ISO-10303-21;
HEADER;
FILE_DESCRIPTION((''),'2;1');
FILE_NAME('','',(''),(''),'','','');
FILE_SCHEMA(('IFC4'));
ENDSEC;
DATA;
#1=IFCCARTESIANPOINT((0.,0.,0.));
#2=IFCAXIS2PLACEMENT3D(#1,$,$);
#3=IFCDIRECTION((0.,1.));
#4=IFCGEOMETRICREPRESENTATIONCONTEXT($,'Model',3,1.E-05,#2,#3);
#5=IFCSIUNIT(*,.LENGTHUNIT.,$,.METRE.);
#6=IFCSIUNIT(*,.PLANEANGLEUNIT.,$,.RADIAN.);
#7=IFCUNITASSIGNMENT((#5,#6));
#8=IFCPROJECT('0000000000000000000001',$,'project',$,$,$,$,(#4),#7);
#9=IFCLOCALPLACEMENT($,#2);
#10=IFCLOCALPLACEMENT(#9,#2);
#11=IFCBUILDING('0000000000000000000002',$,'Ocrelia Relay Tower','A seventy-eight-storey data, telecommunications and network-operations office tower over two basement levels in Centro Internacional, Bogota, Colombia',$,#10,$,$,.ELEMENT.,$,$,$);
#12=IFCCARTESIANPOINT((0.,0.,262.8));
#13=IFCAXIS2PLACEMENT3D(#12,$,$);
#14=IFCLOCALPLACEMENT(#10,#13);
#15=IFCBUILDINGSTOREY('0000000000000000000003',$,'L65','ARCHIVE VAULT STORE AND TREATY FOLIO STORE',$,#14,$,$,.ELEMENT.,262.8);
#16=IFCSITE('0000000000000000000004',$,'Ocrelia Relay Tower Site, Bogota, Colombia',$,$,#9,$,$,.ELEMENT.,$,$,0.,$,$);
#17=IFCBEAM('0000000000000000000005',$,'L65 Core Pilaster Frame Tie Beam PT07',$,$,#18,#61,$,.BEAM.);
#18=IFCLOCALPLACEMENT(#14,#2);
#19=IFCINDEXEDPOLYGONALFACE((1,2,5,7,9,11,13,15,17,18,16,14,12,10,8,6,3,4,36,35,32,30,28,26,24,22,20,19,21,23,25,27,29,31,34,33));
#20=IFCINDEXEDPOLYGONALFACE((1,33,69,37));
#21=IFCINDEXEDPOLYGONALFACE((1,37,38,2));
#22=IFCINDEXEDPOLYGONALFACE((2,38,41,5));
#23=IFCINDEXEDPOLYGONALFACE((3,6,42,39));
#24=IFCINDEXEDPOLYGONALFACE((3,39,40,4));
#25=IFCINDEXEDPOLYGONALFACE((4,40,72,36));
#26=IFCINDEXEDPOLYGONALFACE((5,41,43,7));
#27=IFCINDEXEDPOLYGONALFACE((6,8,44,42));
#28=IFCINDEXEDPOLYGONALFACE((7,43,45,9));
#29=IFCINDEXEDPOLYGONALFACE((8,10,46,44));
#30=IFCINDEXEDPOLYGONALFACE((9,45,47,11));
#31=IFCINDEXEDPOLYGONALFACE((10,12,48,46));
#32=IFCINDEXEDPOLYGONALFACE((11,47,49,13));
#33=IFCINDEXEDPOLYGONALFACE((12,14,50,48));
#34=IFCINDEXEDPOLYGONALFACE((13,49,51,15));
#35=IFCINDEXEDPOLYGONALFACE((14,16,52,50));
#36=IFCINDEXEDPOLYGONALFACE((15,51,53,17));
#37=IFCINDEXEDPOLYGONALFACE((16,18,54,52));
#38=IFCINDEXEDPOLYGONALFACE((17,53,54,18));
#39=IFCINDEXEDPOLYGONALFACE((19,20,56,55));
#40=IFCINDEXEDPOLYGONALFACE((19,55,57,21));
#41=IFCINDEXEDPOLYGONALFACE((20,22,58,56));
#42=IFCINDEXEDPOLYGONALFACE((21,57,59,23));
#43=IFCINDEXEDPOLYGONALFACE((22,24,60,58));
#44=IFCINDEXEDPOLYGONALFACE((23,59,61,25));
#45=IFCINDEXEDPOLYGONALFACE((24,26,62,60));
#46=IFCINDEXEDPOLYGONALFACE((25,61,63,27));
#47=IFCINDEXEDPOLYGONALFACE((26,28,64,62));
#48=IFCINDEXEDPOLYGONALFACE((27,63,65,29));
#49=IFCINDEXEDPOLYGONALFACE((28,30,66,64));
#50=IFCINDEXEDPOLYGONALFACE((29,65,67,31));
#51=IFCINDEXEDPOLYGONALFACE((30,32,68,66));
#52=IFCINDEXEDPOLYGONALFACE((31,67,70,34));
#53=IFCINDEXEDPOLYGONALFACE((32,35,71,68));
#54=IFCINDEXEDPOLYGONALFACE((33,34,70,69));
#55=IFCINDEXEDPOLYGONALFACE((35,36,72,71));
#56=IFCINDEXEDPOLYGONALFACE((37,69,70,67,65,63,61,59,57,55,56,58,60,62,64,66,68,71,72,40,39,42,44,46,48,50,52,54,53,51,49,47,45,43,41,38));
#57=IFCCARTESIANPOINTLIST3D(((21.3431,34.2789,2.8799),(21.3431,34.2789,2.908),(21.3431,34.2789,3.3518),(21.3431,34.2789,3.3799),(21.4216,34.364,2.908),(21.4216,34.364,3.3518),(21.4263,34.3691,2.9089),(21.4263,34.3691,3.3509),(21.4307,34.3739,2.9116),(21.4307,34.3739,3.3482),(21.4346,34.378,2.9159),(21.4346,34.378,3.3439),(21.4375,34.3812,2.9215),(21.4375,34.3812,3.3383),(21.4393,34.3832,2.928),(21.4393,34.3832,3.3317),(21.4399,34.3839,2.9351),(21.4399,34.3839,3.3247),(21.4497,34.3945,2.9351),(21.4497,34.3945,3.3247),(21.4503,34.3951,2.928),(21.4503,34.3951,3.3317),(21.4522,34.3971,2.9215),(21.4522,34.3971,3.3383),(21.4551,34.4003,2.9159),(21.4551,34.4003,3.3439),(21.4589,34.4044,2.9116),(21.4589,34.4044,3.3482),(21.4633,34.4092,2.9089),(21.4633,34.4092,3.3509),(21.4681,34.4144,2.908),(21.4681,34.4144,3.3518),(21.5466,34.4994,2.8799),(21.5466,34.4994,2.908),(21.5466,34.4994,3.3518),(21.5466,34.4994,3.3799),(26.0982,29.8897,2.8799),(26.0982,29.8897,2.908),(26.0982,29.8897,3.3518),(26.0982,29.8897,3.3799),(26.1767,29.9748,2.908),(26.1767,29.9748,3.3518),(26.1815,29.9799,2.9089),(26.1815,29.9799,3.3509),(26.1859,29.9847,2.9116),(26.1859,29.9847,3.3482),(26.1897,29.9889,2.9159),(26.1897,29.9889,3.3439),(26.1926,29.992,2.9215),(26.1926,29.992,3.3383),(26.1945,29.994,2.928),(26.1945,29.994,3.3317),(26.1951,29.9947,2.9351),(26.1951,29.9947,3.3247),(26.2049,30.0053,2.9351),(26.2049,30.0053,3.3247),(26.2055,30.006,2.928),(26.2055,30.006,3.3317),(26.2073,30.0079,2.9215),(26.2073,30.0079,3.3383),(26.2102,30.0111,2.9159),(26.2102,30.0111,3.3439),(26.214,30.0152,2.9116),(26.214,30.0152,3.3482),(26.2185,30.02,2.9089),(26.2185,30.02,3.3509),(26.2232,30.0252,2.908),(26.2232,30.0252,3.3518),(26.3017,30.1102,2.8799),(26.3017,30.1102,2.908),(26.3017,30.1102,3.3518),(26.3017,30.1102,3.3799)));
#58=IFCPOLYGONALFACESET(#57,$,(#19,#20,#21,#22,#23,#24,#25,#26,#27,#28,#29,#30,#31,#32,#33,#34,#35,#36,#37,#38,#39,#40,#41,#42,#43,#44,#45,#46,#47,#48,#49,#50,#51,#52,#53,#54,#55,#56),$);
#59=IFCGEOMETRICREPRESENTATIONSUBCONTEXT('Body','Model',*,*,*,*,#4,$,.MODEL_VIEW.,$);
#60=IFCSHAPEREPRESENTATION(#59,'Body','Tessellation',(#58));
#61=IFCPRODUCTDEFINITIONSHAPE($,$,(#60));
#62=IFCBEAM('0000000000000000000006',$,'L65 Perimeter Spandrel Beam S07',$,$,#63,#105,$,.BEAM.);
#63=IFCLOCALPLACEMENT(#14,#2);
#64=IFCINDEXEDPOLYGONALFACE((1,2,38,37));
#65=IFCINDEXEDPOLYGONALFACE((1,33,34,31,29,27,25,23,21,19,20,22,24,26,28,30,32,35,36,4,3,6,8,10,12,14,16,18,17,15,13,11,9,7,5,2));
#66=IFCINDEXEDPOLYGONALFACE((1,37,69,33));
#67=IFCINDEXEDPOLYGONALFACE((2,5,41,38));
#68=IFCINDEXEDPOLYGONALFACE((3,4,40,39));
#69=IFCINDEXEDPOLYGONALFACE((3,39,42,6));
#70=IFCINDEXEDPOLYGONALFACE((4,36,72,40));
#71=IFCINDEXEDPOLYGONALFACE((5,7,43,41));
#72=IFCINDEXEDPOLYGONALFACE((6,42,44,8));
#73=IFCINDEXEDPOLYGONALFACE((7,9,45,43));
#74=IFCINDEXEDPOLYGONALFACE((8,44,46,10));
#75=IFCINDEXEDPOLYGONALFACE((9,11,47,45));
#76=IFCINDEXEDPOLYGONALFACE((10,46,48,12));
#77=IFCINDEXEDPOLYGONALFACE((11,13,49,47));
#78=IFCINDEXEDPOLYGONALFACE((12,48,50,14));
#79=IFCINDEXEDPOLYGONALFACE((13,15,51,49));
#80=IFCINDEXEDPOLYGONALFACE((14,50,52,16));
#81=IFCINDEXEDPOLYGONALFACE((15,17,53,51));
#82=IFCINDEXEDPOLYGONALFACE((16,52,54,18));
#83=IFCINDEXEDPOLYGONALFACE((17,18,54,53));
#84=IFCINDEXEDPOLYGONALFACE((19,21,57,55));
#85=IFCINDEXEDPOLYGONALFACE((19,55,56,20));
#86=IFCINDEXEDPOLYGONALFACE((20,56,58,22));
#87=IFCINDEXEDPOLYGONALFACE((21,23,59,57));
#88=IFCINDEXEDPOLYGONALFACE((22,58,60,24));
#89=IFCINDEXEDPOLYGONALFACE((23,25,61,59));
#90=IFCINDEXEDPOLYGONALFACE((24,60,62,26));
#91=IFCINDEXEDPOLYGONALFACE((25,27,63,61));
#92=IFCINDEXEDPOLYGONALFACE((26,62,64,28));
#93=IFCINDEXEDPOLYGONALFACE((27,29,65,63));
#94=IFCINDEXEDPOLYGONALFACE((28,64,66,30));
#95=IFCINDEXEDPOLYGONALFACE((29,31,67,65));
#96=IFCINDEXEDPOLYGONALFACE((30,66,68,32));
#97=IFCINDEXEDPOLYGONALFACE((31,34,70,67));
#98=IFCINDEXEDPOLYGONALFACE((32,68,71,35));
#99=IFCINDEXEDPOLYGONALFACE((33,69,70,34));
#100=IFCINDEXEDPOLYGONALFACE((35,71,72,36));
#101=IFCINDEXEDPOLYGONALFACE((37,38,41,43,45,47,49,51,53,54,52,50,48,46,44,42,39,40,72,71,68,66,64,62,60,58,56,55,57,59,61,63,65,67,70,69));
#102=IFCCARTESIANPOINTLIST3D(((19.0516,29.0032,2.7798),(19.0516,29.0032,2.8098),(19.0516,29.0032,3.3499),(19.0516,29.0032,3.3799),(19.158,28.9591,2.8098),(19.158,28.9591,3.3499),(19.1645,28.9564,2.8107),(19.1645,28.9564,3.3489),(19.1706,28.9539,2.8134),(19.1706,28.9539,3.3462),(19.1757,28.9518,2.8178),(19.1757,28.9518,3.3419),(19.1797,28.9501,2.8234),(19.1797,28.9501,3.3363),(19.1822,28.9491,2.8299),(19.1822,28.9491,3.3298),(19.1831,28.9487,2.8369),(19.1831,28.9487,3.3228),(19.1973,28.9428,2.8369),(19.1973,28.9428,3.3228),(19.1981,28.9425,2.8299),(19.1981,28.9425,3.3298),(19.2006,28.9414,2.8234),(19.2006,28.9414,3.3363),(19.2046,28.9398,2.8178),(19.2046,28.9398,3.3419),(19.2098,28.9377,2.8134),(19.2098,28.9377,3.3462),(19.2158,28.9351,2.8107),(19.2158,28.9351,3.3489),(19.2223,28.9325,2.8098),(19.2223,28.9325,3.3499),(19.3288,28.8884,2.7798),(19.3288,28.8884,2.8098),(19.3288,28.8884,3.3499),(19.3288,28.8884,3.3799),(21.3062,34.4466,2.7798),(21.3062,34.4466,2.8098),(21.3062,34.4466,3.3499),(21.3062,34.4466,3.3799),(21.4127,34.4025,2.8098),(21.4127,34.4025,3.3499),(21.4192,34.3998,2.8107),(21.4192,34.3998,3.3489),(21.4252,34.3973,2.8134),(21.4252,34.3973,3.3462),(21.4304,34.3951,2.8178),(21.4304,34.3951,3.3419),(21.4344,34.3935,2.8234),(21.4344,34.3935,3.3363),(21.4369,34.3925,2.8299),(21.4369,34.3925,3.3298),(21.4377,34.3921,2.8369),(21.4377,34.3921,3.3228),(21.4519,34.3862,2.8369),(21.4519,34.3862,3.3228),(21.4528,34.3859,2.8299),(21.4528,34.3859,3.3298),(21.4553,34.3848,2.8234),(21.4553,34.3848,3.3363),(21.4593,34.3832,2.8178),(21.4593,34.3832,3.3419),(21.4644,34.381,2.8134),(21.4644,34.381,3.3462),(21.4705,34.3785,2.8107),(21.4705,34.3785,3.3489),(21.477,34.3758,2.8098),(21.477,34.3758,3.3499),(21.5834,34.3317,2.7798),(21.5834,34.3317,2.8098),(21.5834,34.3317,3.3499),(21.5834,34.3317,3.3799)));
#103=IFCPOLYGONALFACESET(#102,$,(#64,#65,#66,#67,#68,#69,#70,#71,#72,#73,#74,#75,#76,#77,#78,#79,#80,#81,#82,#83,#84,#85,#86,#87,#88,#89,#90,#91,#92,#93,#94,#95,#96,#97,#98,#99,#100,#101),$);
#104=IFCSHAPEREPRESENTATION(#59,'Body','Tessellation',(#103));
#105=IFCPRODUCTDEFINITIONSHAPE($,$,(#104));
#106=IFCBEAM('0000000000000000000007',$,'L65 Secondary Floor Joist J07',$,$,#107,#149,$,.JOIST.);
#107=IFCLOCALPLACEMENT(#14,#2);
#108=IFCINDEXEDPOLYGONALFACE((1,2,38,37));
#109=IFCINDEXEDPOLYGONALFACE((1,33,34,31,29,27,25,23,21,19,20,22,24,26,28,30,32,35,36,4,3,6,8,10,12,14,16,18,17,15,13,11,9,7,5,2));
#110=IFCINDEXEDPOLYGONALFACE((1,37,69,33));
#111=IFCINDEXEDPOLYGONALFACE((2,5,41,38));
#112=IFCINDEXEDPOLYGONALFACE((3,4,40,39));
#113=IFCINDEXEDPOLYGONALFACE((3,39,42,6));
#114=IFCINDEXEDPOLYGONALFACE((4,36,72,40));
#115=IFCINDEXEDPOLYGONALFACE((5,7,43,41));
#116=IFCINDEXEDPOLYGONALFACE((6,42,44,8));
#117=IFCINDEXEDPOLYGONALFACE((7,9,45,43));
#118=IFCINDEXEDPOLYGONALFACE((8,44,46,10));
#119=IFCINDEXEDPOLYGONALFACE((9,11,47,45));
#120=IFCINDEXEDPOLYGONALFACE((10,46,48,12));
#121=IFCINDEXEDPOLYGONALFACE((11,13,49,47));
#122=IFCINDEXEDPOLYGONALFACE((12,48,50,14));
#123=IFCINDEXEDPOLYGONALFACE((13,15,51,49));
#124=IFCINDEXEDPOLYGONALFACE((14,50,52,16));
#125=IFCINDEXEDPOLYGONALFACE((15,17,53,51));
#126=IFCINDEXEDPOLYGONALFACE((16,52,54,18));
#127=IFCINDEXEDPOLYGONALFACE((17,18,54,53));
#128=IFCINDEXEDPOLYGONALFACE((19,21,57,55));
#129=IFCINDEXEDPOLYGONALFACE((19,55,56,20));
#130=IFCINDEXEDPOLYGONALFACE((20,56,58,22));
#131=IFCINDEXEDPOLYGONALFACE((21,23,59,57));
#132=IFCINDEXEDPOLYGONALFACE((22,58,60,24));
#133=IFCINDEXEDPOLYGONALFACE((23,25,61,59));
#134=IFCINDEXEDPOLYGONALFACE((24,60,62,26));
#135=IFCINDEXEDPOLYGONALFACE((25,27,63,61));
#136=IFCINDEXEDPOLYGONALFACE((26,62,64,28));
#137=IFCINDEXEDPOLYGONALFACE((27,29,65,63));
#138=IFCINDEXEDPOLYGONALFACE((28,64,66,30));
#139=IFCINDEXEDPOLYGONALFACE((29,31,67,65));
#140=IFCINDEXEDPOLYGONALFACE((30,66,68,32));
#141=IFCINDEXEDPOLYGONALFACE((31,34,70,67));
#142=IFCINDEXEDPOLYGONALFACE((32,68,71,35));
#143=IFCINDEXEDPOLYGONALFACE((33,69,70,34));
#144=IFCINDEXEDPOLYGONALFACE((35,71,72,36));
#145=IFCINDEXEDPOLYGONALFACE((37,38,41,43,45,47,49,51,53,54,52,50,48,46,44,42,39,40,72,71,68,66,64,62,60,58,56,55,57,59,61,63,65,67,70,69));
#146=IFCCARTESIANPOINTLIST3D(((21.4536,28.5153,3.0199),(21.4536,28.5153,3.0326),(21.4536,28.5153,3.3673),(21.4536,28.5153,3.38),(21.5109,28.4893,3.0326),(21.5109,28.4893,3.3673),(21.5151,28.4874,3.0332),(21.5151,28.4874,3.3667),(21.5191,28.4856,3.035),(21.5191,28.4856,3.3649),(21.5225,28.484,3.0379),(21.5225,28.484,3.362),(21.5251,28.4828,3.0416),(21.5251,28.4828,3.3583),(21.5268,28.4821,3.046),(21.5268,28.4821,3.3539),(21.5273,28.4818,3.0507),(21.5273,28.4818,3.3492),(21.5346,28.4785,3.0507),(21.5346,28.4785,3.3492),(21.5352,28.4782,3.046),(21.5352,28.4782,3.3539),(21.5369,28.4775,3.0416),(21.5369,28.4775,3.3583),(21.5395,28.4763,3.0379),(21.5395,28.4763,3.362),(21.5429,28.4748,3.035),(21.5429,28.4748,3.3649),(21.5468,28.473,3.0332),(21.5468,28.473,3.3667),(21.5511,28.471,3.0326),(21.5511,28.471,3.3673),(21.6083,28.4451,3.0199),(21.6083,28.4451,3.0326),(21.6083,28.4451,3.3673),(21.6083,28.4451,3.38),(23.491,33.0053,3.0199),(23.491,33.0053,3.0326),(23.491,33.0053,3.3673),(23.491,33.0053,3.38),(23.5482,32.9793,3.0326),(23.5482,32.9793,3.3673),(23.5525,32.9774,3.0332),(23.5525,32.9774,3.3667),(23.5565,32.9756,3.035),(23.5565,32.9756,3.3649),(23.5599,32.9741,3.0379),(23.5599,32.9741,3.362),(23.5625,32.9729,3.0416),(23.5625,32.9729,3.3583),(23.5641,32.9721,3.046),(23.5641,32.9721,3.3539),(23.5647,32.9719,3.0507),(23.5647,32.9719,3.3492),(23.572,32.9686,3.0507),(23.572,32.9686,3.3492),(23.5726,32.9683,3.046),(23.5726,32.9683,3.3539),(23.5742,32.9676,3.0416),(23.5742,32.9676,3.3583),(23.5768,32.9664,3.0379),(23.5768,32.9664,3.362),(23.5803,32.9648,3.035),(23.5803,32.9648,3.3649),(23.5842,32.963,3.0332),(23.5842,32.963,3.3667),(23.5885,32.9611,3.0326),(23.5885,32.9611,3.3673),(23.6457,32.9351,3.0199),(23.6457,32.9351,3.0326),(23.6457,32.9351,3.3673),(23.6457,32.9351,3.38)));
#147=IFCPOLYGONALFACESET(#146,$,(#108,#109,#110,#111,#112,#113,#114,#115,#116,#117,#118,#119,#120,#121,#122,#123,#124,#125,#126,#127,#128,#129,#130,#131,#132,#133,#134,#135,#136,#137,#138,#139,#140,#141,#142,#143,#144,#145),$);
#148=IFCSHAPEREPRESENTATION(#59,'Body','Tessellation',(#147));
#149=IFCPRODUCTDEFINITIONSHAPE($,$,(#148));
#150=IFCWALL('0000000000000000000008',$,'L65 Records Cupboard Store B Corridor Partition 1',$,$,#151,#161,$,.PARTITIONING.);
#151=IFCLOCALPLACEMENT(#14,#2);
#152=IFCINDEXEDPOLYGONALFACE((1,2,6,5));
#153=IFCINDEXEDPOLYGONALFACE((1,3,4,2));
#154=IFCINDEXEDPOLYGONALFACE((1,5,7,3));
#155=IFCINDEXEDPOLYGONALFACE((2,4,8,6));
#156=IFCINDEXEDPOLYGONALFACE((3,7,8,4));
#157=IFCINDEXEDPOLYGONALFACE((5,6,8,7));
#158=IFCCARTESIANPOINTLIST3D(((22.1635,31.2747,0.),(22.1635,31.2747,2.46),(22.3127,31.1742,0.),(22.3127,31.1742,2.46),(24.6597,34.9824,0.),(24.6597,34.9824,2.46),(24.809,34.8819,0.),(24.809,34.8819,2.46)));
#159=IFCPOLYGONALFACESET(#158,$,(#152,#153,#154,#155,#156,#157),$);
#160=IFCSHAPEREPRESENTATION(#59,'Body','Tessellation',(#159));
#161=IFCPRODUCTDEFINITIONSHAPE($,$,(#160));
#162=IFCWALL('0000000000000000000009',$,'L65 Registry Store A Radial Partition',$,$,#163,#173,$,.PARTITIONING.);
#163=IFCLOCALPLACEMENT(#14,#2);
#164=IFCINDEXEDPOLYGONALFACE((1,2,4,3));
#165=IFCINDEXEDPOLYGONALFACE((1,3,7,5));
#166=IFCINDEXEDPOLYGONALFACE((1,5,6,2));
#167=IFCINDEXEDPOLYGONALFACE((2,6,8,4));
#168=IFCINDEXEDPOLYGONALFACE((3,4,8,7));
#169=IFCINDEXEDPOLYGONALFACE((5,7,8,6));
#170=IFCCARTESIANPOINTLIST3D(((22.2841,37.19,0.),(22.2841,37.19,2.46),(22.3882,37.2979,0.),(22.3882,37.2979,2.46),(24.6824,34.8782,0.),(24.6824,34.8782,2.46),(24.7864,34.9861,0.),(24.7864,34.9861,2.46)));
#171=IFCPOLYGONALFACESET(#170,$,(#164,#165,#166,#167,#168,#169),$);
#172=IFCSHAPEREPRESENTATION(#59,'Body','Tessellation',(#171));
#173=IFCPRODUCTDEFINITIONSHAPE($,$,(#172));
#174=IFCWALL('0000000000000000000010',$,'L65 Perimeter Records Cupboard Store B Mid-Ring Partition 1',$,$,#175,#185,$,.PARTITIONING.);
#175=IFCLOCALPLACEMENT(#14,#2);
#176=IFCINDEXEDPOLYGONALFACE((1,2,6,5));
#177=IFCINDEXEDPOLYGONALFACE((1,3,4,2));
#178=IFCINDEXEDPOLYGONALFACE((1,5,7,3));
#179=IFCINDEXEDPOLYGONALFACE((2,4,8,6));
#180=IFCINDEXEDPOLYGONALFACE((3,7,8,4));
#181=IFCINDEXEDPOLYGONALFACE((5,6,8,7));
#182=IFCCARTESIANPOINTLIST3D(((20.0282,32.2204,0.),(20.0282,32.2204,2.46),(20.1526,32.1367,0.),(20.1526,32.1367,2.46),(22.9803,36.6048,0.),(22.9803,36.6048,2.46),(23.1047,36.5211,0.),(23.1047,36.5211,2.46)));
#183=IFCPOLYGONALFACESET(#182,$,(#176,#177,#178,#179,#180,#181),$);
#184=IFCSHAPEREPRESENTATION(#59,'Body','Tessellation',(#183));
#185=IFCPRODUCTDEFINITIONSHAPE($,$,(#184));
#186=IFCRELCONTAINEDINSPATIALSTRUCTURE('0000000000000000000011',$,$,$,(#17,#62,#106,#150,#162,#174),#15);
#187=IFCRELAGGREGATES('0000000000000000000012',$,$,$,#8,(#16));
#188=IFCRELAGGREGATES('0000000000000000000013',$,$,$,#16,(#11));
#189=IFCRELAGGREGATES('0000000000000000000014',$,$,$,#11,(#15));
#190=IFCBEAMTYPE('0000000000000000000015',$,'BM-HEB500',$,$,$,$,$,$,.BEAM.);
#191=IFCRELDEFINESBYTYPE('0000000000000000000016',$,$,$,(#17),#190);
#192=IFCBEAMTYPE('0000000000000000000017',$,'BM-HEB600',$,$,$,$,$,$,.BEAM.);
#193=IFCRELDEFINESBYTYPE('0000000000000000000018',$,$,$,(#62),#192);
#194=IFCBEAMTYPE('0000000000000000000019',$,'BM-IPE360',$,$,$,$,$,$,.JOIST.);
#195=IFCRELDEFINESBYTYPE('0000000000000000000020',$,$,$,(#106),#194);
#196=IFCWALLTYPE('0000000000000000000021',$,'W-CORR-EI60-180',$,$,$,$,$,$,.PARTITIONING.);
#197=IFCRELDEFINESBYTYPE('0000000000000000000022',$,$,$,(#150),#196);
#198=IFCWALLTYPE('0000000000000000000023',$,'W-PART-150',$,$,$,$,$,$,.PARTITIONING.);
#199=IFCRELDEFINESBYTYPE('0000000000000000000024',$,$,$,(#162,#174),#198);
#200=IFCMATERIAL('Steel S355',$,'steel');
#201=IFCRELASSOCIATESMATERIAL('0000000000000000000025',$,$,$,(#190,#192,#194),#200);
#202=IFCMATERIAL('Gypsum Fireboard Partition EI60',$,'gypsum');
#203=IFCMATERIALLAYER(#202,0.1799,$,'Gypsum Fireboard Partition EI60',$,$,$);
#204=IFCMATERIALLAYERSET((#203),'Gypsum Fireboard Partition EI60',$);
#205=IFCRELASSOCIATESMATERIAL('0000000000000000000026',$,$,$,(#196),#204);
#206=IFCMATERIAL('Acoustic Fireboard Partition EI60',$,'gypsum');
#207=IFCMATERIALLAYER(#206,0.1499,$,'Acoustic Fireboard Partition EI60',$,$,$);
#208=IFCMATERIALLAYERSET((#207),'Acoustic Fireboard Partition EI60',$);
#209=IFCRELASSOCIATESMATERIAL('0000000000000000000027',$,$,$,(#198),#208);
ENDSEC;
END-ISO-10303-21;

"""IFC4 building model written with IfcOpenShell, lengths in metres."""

from ifc_helpers import new_model, si_unit, direction, frame, frame_2d, origin, origin_2d, place, context, subcontext, project, spatial, rectangle, i_section, extrude, material, layer, layer_set, material_profile, profile_set, type_object, element, save


model = new_model("IFC4")

# Units and contexts
model_context = context("Model", 3, precision=1e-05, world=origin(), true_north=direction((0.0, 1.0)))
body_context = subcontext(model_context, "Body", "Model", "MODEL_VIEW")
ifc_project = project(units=[si_unit("LENGTHUNIT", "METRE"), si_unit("PLANEANGLEUNIT", "RADIAN")], contexts=[model_context])

# Site, building, storey
site_placement = place(None, origin())
site = spatial("IfcSite", under=ifc_project, at=site_placement, Name="Ocrelia Relay Tower Site, Bogota, Colombia", CompositionType="ELEMENT", RefElevation=0.0)
building_placement = place(site_placement, origin())
building = spatial("IfcBuilding", under=site, at=building_placement, Name="Ocrelia Relay Tower", Description="A seventy-eight-storey data, telecommunications and network-operations office tower over two basement levels in Centro Internacional, Bogota, Colombia", CompositionType="ELEMENT")
storey_placement = place(building_placement, frame((0.0, 0.0, 262.8)))
storey = spatial("IfcBuildingStorey", under=building, at=storey_placement, Name="L65", Description="ARCHIVE VAULT STORE AND TREATY FOLIO STORE", CompositionType="ELEMENT", Elevation=262.8)

# Beams
ifc_material_1 = material(Name="Steel S355", Category="steel")
ifc_material_profile_1 = material_profile(ifc_material_1, i_section(OverallWidth=0.3, OverallDepth=0.5, WebThickness=0.0144, FlangeThickness=0.0281, FilletRadius=0.0271, at=origin_2d()), Name="HEB 500")
ifc_profile_set_1 = profile_set([ifc_material_profile_1], Name="Steel S355")
beam_type_1 = type_object("IfcBeamType", Name="BM-HEB500", PredefinedType="BEAM", material=ifc_profile_set_1)
beam_1_placement = place(storey_placement, frame((21.4448, 34.3892, 3.1299), z_axis=(0.734818, -0.678264, 0.0), x_axis=(0.678264, 0.734818, 0.0)))
element("IfcBeam", 1, at=beam_1_placement, inside=storey, type_object=beam_type_1, Name="L65 Core Pilaster Frame Tie Beam PT07", PredefinedType="BEAM", context=body_context, shape_type="SweptSolid", body=[
    extrude(i_section(OverallWidth=0.3, OverallDepth=0.5, WebThickness=0.0144, FlangeThickness=0.0281, FilletRadius=0.0271, at=origin_2d()), origin(), (0.0, 0.0, 1.0), 6.4712),
])
ifc_material_profile_2 = material_profile(ifc_material_1, i_section(OverallWidth=0.3, OverallDepth=0.6001, WebThickness=0.0154, FlangeThickness=0.03, FilletRadius=0.0271, at=origin_2d()), Name="HEB 600")
ifc_profile_set_2 = profile_set([ifc_material_profile_2], Name="Steel S355")
beam_type_2 = type_object("IfcBeamType", Name="BM-HEB600", PredefinedType="BEAM", material=ifc_profile_set_2)
beam_2_placement = place(storey_placement, frame((21.4448, 34.3892, 3.0798), z_axis=(-0.382673, -0.923884, 0.0), x_axis=(0.923884, -0.382673, 0.0)))
element("IfcBeam", 2, at=beam_2_placement, inside=storey, type_object=beam_type_2, Name="L65 Perimeter Spandrel Beam S07", PredefinedType="BEAM", context=body_context, shape_type="SweptSolid", body=[
    extrude(i_section(OverallWidth=0.3, OverallDepth=0.6001, WebThickness=0.0154, FlangeThickness=0.03, FilletRadius=0.0271, at=origin_2d()), origin(), (0.0, 0.0, 1.0), 5.8918),
])
ifc_material_profile_3 = material_profile(ifc_material_1, i_section(OverallWidth=0.1699, OverallDepth=0.3601, WebThickness=0.0081, FlangeThickness=0.0127, FilletRadius=0.0181, at=origin_2d()), Name="IPE 360")
ifc_profile_set_3 = profile_set([ifc_material_profile_3], Name="Steel S355")
beam_type_3 = type_object("IfcBeamType", Name="BM-IPE360", PredefinedType="JOIST", material=ifc_profile_set_3)
beam_3_placement = place(storey_placement, frame((23.5684, 32.9702, 3.2), z_axis=(-0.413206, -0.910638, 0.0), x_axis=(0.910638, -0.413206, 0.0)))
element("IfcBeam", 3, at=beam_3_placement, inside=storey, type_object=beam_type_3, Name="L65 Secondary Floor Joist J07", PredefinedType="JOIST", context=body_context, shape_type="SweptSolid", body=[
    extrude(i_section(OverallWidth=0.1699, OverallDepth=0.3601, WebThickness=0.0081, FlangeThickness=0.0127, FilletRadius=0.0181, at=origin_2d()), origin(), (0.0, 0.0, 1.0), 4.9307),
])

# Wall
ifc_material_2 = material(Name="Gypsum Fireboard Partition EI60", Category="gypsum")
ifc_layer_1 = layer(ifc_material_2, 0.1799, Name="Gypsum Fireboard Partition EI60")
ifc_layer_set_1 = layer_set([ifc_layer_1], Name="Gypsum Fireboard Partition EI60")
wall_type_1 = type_object("IfcWallType", Name="W-CORR-EI60-180", PredefinedType="PARTITIONING", material=ifc_layer_set_1)
wall_1_placement = place(storey_placement, frame((24.7344, 34.9321, 0.0), z_axis=(0.0, 0.0, 1.0), x_axis=(-0.558488, -0.829512, 0.0)))
element("IfcWall", 4, at=wall_1_placement, inside=storey, type_object=wall_type_1, Name="L65 Records Cupboard Store B Corridor Partition 1", PredefinedType="PARTITIONING", context=body_context, shape_type="SweptSolid", body=[
    extrude(rectangle(XDim=4.4697, YDim=0.1799, at=frame_2d((2.2349, 0.0))), origin(), (0.0, 0.0, 1.0), 2.46),
])

# Walls
ifc_material_3 = material(Name="Acoustic Fireboard Partition EI60", Category="gypsum")
ifc_layer_2 = layer(ifc_material_3, 0.1499, Name="Acoustic Fireboard Partition EI60")
ifc_layer_set_2 = layer_set([ifc_layer_2], Name="Acoustic Fireboard Partition EI60")
wall_type_2 = type_object("IfcWallType", Name="W-PART-150", PredefinedType="PARTITIONING", material=ifc_layer_set_2)
wall_2_placement = place(storey_placement, frame((24.7344, 34.9321, 0.0), z_axis=(0.0, 0.0, 1.0), x_axis=(-0.719961, 0.694015, 0.0)))
element("IfcWall", 5, at=wall_2_placement, inside=storey, type_object=wall_type_2, Name="L65 Registry Store A Radial Partition", PredefinedType="PARTITIONING", context=body_context, shape_type="SweptSolid", body=[
    extrude(rectangle(XDim=3.3311, YDim=0.1499, at=frame_2d((1.6655, 0.0))), origin(), (0.0, 0.0, 1.0), 2.46),
])
wall_3_placement = place(storey_placement, frame((23.0425, 36.563, 0.0), z_axis=(0.0, 0.0, 1.0), x_axis=(-0.55851, -0.829498, 0.0)))
element("IfcWall", 6, at=wall_3_placement, inside=storey, type_object=wall_type_2, Name="L65 Perimeter Records Cupboard Store B Mid-Ring Partition 1", PredefinedType="PARTITIONING", context=body_context, shape_type="SweptSolid", body=[
    extrude(rectangle(XDim=5.2856, YDim=0.1499, at=frame_2d((2.6428, 0.0))), origin(), (0.0, 0.0, 1.0), 2.46),
])

save(model, "model.ifc")
